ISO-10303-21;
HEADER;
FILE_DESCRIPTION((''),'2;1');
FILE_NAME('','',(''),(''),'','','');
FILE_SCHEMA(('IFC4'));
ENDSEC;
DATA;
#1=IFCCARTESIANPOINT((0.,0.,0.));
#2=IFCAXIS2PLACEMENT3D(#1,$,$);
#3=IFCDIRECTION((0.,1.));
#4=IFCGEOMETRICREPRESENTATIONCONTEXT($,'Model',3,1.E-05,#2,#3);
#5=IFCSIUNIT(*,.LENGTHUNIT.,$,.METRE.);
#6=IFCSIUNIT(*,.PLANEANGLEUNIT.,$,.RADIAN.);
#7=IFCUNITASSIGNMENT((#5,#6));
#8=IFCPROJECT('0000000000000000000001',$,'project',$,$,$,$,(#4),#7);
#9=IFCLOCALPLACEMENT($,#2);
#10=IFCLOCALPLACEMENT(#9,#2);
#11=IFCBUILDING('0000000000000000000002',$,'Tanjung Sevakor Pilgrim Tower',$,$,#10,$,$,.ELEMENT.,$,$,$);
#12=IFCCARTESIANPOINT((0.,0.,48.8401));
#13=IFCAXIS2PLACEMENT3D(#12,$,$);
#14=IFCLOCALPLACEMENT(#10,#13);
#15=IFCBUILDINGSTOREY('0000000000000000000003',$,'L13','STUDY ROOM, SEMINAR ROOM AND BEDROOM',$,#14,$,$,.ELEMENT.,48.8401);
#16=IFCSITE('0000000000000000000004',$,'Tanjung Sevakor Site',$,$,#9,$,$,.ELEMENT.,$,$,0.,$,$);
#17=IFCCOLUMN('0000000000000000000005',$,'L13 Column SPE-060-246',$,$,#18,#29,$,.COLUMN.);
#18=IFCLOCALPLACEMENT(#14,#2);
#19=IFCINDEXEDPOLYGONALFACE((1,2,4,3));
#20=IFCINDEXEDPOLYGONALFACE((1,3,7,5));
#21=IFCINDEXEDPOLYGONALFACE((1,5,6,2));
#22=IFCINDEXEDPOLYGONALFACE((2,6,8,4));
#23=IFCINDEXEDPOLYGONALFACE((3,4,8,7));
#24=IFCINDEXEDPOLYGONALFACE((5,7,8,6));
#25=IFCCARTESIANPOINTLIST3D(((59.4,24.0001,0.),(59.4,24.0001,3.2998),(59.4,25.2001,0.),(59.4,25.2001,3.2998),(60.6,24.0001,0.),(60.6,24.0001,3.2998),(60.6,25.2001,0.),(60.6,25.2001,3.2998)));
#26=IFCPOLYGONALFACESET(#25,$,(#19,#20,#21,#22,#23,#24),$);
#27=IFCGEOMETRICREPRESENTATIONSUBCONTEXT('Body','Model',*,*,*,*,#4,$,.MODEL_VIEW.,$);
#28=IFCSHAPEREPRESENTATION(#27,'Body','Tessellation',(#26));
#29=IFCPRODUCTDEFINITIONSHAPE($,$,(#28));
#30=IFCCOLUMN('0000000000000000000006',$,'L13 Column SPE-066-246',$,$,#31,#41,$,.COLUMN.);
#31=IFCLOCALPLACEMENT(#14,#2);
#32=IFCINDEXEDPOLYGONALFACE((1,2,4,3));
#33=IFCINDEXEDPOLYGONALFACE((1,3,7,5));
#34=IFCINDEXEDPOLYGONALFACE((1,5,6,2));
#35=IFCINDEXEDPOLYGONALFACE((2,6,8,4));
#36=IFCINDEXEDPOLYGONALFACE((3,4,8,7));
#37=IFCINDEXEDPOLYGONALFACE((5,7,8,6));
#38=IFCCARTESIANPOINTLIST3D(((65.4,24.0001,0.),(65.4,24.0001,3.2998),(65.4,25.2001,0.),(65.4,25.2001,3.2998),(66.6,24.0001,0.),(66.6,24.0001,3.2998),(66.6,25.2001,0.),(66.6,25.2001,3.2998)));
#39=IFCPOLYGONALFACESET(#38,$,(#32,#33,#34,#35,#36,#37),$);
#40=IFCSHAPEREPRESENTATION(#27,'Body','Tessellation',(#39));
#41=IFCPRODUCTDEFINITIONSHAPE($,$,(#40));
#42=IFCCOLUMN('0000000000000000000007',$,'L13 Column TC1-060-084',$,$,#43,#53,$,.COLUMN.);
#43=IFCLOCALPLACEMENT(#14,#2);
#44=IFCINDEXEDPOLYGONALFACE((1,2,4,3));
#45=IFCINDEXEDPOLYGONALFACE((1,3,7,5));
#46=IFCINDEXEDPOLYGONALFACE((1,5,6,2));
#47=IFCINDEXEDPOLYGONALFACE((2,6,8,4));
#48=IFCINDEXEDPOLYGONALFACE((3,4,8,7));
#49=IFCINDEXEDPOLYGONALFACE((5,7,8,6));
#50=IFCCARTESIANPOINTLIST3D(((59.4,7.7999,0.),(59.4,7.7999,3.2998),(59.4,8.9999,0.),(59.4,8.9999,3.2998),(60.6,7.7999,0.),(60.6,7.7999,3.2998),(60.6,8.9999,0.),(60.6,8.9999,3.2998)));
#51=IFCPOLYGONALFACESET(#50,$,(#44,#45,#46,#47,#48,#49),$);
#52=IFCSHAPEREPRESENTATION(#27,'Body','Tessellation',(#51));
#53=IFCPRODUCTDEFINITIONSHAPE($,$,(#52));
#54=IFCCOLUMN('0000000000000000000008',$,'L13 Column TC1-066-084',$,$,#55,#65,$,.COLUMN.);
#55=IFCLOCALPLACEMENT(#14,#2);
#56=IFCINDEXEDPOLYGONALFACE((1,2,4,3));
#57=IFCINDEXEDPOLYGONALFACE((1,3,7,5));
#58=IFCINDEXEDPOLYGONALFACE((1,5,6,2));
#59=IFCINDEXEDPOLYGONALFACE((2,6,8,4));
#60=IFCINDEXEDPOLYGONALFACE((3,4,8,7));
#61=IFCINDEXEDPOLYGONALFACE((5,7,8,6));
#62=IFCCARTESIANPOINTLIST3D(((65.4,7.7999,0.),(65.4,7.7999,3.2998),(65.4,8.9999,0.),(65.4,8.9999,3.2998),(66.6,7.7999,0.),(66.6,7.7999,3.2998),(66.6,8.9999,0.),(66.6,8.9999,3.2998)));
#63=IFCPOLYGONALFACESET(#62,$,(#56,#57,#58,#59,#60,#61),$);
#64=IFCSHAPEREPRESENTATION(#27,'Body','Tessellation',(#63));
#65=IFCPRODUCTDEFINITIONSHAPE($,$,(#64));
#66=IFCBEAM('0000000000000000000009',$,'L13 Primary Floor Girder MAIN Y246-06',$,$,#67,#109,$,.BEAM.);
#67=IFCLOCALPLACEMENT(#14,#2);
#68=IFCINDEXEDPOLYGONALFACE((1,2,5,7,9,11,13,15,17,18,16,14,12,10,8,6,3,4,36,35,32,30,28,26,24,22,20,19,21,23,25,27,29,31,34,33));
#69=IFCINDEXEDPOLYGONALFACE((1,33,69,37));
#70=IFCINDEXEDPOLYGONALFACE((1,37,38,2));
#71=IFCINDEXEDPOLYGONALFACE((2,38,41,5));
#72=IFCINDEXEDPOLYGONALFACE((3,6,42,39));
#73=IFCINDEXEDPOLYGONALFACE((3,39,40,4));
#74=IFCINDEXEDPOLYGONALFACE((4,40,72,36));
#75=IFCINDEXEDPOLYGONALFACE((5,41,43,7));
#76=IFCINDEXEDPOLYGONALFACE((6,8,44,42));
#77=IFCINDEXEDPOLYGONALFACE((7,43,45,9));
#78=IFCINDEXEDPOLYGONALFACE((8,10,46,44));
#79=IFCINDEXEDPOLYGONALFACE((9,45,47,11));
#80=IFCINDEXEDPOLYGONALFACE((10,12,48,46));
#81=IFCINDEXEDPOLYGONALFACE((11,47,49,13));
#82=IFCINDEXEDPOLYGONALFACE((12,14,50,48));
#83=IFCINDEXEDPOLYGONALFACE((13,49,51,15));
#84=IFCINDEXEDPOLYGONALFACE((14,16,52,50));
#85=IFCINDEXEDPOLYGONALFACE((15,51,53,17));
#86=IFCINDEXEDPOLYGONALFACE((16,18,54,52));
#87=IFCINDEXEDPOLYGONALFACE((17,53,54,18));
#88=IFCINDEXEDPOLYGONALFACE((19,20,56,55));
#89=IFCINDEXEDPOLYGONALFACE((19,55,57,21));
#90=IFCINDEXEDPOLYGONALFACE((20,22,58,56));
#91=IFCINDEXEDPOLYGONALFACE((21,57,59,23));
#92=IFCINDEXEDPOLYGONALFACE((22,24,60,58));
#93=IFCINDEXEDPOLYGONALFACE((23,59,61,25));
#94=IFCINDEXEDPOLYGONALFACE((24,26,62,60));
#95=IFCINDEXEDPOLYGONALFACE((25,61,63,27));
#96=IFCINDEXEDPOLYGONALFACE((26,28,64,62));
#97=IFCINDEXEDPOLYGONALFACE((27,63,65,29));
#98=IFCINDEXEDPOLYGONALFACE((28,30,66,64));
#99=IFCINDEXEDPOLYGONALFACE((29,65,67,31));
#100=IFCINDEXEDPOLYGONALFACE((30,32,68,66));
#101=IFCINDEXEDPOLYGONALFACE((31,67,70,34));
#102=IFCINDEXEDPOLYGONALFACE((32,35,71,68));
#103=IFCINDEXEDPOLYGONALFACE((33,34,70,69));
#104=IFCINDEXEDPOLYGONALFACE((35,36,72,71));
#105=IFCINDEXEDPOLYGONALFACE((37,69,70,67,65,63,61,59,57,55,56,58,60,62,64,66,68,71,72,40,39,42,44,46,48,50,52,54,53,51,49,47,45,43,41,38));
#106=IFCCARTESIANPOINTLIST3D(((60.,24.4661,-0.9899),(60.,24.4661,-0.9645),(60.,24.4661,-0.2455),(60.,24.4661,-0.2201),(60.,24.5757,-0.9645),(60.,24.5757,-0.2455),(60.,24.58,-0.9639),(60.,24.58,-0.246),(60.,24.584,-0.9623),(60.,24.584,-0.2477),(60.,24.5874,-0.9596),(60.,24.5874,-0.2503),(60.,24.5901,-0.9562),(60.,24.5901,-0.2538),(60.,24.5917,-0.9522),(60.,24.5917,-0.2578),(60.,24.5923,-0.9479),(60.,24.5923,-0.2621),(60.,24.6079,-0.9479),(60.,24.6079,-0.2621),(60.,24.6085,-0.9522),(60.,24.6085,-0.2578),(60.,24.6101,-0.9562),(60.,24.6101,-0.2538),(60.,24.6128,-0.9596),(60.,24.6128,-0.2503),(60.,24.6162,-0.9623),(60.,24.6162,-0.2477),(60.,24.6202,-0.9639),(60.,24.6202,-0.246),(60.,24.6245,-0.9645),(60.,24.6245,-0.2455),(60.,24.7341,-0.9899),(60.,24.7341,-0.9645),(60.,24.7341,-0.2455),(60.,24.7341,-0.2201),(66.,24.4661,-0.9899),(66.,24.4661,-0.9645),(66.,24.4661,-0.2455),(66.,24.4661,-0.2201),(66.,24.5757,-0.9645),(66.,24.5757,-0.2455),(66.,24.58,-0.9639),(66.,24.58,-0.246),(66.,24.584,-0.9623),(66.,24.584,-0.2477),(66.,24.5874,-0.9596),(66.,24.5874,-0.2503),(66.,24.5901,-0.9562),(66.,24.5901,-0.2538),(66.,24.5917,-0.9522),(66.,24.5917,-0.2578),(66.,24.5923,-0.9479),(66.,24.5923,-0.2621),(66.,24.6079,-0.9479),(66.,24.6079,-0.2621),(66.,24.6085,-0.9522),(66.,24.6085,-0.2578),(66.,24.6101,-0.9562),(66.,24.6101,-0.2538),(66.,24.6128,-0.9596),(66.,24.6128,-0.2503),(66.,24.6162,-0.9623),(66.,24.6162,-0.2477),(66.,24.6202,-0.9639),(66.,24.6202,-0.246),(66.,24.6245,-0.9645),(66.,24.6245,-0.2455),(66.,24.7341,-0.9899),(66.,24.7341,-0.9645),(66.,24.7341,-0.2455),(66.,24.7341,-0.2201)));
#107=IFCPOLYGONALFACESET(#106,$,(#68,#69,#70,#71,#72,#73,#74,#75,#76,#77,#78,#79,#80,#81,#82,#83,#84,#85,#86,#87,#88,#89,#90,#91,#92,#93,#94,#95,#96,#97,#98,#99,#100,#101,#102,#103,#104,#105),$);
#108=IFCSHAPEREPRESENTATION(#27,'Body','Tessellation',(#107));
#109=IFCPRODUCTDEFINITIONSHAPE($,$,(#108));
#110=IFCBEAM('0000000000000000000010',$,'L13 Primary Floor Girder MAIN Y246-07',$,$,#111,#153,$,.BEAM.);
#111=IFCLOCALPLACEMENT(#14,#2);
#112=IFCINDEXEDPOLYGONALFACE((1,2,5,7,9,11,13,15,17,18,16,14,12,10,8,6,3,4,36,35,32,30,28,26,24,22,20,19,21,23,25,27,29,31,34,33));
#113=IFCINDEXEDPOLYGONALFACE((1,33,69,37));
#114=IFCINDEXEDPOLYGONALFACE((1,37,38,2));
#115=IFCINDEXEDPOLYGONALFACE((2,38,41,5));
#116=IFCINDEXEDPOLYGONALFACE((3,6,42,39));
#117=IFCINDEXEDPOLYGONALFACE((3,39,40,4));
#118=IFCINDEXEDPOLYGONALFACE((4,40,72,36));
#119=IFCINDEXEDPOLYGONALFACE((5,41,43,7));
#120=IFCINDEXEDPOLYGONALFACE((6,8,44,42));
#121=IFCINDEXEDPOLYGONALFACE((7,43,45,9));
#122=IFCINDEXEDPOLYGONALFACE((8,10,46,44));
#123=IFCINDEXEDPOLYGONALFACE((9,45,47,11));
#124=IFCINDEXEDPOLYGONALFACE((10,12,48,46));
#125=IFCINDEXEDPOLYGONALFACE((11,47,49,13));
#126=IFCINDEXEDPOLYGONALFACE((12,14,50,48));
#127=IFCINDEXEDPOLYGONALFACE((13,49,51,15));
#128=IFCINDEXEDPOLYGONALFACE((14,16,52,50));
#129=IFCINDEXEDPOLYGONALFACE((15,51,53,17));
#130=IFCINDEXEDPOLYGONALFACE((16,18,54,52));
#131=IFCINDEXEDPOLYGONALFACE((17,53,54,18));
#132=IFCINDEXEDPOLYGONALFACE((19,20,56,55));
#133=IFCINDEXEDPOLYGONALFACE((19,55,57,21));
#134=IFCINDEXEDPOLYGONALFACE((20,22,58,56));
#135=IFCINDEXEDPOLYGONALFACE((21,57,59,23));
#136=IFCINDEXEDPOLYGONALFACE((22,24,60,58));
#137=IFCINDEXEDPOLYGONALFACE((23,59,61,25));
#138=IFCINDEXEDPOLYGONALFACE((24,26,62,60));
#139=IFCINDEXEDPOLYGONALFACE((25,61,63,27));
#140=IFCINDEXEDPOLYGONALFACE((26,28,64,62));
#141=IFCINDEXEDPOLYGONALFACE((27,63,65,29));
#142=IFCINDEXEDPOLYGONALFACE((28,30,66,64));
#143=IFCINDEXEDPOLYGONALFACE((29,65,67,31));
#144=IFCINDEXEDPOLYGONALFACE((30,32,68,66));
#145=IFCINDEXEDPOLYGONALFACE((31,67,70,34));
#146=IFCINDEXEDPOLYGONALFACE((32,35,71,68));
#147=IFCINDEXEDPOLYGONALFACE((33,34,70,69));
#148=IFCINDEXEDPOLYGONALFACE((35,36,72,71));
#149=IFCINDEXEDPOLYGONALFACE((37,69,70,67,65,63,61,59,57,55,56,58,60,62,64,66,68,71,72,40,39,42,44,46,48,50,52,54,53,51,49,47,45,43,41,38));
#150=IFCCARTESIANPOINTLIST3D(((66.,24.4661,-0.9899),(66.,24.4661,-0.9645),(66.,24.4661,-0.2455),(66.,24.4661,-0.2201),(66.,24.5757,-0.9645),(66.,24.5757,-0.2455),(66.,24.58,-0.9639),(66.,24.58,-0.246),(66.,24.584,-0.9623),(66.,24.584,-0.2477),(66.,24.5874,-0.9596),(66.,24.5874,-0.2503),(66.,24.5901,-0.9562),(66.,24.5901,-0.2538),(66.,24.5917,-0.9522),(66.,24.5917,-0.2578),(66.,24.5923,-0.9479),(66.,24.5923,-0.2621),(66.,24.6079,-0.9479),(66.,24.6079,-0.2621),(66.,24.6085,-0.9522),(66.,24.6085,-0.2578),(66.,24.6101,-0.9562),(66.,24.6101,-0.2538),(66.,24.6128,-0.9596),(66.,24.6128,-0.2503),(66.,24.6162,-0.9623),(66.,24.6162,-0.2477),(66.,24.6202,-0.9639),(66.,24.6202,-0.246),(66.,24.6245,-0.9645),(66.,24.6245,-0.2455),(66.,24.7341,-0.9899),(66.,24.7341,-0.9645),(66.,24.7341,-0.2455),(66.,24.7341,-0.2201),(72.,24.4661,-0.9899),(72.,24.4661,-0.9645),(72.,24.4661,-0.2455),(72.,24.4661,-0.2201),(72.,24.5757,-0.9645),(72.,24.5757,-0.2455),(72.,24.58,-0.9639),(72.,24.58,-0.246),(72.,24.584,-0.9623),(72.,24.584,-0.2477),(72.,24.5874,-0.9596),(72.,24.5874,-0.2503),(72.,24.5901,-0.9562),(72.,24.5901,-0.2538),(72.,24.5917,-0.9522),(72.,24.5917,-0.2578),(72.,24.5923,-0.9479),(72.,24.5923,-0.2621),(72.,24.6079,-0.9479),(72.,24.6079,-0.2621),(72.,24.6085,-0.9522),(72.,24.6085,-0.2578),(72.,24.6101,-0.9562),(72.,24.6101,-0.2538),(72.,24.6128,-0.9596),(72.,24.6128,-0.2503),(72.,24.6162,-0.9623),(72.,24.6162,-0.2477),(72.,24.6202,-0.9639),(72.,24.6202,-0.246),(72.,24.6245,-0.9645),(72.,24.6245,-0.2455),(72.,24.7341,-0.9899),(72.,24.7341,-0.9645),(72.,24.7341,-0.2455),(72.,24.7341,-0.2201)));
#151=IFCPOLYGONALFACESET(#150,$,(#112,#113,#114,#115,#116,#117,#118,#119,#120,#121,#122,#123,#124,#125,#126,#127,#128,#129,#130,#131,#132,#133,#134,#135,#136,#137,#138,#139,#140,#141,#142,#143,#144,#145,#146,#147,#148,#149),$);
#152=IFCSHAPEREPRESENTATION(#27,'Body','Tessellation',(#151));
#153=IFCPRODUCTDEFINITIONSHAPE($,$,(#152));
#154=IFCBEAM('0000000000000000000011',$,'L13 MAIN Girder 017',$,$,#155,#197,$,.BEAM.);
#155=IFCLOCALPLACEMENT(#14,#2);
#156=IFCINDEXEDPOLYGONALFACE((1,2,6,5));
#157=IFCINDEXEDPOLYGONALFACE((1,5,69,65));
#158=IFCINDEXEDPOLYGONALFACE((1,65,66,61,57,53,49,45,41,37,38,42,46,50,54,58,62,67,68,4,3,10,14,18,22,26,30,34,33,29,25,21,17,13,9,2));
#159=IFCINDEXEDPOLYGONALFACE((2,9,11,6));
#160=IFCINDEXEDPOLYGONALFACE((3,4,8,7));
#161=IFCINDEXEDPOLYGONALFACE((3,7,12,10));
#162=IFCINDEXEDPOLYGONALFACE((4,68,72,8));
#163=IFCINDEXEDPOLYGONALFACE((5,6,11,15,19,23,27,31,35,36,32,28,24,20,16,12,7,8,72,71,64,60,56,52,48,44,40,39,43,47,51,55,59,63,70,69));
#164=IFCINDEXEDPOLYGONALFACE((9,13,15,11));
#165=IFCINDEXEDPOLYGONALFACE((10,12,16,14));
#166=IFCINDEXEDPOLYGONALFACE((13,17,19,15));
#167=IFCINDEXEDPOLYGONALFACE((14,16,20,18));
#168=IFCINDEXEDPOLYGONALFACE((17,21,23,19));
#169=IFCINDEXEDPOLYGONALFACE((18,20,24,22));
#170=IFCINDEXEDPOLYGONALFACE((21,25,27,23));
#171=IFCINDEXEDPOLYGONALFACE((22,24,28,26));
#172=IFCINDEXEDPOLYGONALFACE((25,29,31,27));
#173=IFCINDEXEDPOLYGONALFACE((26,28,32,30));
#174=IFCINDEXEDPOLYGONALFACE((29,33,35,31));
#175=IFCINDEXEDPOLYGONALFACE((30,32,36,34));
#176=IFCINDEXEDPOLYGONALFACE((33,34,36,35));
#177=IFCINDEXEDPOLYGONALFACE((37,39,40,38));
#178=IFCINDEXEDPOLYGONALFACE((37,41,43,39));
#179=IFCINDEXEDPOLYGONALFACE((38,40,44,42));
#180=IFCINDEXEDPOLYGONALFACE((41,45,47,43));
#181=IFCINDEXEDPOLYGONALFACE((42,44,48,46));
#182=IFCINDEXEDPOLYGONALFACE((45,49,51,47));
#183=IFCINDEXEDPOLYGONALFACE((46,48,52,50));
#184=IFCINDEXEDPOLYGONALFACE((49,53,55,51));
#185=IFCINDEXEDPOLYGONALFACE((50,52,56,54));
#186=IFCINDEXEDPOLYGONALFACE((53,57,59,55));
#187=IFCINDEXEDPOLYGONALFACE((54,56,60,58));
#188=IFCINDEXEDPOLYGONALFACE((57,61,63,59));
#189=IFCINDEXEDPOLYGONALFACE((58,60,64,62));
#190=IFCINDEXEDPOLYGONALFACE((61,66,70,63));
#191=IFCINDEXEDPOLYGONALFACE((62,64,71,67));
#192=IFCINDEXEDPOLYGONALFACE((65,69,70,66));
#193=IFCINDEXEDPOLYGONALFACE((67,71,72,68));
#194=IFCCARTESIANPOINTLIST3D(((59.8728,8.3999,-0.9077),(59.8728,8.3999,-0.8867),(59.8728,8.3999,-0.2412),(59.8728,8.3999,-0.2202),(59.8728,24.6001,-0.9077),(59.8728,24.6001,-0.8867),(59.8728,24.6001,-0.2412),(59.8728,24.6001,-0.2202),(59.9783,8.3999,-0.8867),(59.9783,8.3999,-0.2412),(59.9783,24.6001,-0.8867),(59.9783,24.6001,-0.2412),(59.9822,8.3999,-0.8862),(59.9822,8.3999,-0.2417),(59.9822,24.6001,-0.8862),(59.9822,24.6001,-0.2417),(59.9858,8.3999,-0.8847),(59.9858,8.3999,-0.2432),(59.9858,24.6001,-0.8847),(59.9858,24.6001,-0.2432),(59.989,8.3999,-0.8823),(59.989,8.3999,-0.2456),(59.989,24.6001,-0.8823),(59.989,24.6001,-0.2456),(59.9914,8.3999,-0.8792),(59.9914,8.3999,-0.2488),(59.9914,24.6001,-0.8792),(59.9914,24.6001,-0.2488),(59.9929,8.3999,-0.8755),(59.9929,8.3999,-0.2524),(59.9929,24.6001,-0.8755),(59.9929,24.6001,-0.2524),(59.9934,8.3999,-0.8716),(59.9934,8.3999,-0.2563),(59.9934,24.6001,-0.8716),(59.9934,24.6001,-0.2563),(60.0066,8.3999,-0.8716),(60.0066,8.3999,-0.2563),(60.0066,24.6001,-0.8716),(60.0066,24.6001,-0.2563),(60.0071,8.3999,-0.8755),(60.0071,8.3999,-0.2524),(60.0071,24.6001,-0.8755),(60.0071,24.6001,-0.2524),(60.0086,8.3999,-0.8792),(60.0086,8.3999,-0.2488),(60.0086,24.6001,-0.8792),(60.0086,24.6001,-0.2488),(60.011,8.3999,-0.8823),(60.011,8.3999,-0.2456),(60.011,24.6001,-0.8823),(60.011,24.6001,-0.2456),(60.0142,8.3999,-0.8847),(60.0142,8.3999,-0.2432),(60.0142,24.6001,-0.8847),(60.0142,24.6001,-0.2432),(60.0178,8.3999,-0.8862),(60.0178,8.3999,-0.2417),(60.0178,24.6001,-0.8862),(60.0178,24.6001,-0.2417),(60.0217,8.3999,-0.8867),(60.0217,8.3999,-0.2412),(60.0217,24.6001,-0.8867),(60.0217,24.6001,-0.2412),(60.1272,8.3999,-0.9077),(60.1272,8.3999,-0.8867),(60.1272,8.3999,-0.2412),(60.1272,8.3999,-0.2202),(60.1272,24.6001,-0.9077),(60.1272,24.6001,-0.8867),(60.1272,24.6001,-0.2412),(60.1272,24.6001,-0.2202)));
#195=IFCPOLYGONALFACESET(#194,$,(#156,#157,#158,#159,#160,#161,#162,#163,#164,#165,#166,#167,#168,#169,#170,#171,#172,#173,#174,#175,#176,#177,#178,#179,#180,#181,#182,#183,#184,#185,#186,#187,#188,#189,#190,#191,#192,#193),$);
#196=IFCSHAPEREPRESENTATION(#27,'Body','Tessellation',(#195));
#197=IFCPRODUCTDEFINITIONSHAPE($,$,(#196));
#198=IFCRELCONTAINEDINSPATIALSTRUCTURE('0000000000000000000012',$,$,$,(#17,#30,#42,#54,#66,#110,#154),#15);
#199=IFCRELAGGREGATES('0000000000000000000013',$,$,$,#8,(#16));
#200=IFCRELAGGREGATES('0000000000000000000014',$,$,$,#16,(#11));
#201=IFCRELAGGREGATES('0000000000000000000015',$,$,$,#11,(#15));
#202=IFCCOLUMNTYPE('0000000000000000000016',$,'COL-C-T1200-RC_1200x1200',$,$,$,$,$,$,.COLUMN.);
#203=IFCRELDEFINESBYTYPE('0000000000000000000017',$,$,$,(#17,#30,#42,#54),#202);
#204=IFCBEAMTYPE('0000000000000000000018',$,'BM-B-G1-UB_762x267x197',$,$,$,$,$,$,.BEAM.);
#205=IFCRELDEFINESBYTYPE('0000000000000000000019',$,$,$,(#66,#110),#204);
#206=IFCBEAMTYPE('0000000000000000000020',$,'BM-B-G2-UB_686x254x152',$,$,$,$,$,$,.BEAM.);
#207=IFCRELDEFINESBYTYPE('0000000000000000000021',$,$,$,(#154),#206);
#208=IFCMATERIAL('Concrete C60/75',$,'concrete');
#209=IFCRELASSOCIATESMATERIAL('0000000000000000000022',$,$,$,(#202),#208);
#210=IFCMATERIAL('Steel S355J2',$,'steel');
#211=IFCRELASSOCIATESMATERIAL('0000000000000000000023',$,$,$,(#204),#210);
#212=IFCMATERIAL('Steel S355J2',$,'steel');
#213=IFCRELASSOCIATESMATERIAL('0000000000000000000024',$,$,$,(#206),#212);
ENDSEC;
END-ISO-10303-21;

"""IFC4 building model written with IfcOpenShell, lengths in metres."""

from ifc_helpers import new_model, si_unit, direction, frame, origin, origin_2d, place, context, subcontext, project, spatial, rectangle, i_section, extrude, material, material_profile, profile_set, type_object, element, save


model = new_model("IFC4")

# Units and contexts
model_context = context("Model", 3, precision=1e-05, world=origin(), true_north=direction((0.0, 1.0)))
body_context = subcontext(model_context, "Body", "Model", "MODEL_VIEW")
ifc_project = project(units=[si_unit("LENGTHUNIT", "METRE"), si_unit("PLANEANGLEUNIT", "RADIAN")], contexts=[model_context])

# Site, building, storey
site_placement = place(None, origin())
site = spatial("IfcSite", under=ifc_project, at=site_placement, Name="Tanjung Sevakor Site", CompositionType="ELEMENT", RefElevation=0.0)
building_placement = place(site_placement, origin())
building = spatial("IfcBuilding", under=site, at=building_placement, Name="Tanjung Sevakor Pilgrim Tower", CompositionType="ELEMENT")
storey_placement = place(building_placement, frame((0.0, 0.0, 48.8401)))
storey = spatial("IfcBuildingStorey", under=building, at=storey_placement, Name="L13", Description="STUDY ROOM, SEMINAR ROOM AND BEDROOM", CompositionType="ELEMENT", Elevation=48.8401)

# Columns
ifc_material_1 = material(Name="Concrete C60/75", Category="concrete")
ifc_material_profile_1 = material_profile(ifc_material_1, rectangle(XDim=1.2, YDim=1.2, at=origin_2d()))
ifc_profile_set_1 = profile_set([ifc_material_profile_1], Name="Concrete C60/75")
column_type = type_object("IfcColumnType", Name="COL-C-T1200-RC_1200x1200", PredefinedType="COLUMN", material=ifc_profile_set_1)
for number, where, z_axis, x_axis, name in (
    (1, (60.0, 24.6001, 0.0), (0.0, 0.0, 1.0), (1.0, 0.0, 0.0), "L13 Column SPE-060-246"),
    (2, (66.0, 24.6001, 0.0), (0.0, 0.0, 1.0), (1.0, 0.0, 0.0), "L13 Column SPE-066-246"),
    (3, (60.0, 8.3999, 0.0), (0.0, 0.0, 1.0), (1.0, 0.0, 0.0), "L13 Column TC1-060-084"),
    (4, (66.0, 8.3999, 0.0), (0.0, 0.0, 1.0), (1.0, 0.0, 0.0), "L13 Column TC1-066-084"),
):
    element("IfcColumn", number, at=place(storey_placement, frame(where, z_axis=z_axis, x_axis=x_axis)), inside=storey, type_object=column_type, Name=name, PredefinedType="COLUMN", context=body_context, shape_type="SweptSolid", body=[
        extrude(rectangle(XDim=1.2, YDim=1.2, at=origin_2d()), origin(), (0.0, 0.0, 1.0), 3.2998),
    ])

# Beams
ifc_material_2 = material(Name="Steel S355J2", Category="steel")
ifc_material_profile_2 = material_profile(ifc_material_2, i_section(OverallWidth=0.2681, OverallDepth=0.7698, WebThickness=0.0156, FlangeThickness=0.0254, FilletRadius=0.0166, at=origin_2d()))
ifc_profile_set_2 = profile_set([ifc_material_profile_2], Name="Steel S355J2")
beam_type_1 = type_object("IfcBeamType", Name="BM-B-G1-UB_762x267x197", PredefinedType="BEAM", material=ifc_profile_set_2)
for number, where, z_axis, x_axis, name in (
    (5, (60.0, 24.6001, -0.605), (1.0, 0.0, 0.0), (0.0, 1.0, 0.0), "L13 Primary Floor Girder MAIN Y246-06"),
    (6, (66.0, 24.6001, -0.605), (1.0, 0.0, 0.0), (0.0, 1.0, 0.0), "L13 Primary Floor Girder MAIN Y246-07"),
):
    element("IfcBeam", number, at=place(storey_placement, frame(where, z_axis=z_axis, x_axis=x_axis)), inside=storey, type_object=beam_type_1, Name=name, PredefinedType="BEAM", context=body_context, shape_type="SweptSolid", body=[
        extrude(i_section(OverallWidth=0.2681, OverallDepth=0.7698, WebThickness=0.0156, FlangeThickness=0.0254, FilletRadius=0.0166, at=origin_2d()), origin(), (0.0, 0.0, 1.0), 6.0),
    ])
ifc_material_3 = material(Name="Steel S355J2", Category="steel")
ifc_material_profile_3 = material_profile(ifc_material_3, i_section(OverallWidth=0.2544, OverallDepth=0.6875, WebThickness=0.0132, FlangeThickness=0.021, FilletRadius=0.0151, at=origin_2d()))
ifc_profile_set_3 = profile_set([ifc_material_profile_3], Name="Steel S355J2")
beam_type_2 = type_object("IfcBeamType", Name="BM-B-G2-UB_686x254x152", PredefinedType="BEAM", material=ifc_profile_set_3)
for number, where, z_axis, x_axis, name in (
    (7, (60.0, 8.3999, -0.564), (0.0, 1.0, 0.0), (-1.0, 0.0, 0.0), "L13 MAIN Girder 017"),
):
    element("IfcBeam", number, at=place(storey_placement, frame(where, z_axis=z_axis, x_axis=x_axis)), inside=storey, type_object=beam_type_2, Name=name, PredefinedType="BEAM", context=body_context, shape_type="SweptSolid", body=[
        extrude(i_section(OverallWidth=0.2544, OverallDepth=0.6875, WebThickness=0.0132, FlangeThickness=0.021, FilletRadius=0.0151, at=origin_2d()), origin(), (0.0, 0.0, 1.0), 16.2002),
    ])

save(model, "model.ifc")
